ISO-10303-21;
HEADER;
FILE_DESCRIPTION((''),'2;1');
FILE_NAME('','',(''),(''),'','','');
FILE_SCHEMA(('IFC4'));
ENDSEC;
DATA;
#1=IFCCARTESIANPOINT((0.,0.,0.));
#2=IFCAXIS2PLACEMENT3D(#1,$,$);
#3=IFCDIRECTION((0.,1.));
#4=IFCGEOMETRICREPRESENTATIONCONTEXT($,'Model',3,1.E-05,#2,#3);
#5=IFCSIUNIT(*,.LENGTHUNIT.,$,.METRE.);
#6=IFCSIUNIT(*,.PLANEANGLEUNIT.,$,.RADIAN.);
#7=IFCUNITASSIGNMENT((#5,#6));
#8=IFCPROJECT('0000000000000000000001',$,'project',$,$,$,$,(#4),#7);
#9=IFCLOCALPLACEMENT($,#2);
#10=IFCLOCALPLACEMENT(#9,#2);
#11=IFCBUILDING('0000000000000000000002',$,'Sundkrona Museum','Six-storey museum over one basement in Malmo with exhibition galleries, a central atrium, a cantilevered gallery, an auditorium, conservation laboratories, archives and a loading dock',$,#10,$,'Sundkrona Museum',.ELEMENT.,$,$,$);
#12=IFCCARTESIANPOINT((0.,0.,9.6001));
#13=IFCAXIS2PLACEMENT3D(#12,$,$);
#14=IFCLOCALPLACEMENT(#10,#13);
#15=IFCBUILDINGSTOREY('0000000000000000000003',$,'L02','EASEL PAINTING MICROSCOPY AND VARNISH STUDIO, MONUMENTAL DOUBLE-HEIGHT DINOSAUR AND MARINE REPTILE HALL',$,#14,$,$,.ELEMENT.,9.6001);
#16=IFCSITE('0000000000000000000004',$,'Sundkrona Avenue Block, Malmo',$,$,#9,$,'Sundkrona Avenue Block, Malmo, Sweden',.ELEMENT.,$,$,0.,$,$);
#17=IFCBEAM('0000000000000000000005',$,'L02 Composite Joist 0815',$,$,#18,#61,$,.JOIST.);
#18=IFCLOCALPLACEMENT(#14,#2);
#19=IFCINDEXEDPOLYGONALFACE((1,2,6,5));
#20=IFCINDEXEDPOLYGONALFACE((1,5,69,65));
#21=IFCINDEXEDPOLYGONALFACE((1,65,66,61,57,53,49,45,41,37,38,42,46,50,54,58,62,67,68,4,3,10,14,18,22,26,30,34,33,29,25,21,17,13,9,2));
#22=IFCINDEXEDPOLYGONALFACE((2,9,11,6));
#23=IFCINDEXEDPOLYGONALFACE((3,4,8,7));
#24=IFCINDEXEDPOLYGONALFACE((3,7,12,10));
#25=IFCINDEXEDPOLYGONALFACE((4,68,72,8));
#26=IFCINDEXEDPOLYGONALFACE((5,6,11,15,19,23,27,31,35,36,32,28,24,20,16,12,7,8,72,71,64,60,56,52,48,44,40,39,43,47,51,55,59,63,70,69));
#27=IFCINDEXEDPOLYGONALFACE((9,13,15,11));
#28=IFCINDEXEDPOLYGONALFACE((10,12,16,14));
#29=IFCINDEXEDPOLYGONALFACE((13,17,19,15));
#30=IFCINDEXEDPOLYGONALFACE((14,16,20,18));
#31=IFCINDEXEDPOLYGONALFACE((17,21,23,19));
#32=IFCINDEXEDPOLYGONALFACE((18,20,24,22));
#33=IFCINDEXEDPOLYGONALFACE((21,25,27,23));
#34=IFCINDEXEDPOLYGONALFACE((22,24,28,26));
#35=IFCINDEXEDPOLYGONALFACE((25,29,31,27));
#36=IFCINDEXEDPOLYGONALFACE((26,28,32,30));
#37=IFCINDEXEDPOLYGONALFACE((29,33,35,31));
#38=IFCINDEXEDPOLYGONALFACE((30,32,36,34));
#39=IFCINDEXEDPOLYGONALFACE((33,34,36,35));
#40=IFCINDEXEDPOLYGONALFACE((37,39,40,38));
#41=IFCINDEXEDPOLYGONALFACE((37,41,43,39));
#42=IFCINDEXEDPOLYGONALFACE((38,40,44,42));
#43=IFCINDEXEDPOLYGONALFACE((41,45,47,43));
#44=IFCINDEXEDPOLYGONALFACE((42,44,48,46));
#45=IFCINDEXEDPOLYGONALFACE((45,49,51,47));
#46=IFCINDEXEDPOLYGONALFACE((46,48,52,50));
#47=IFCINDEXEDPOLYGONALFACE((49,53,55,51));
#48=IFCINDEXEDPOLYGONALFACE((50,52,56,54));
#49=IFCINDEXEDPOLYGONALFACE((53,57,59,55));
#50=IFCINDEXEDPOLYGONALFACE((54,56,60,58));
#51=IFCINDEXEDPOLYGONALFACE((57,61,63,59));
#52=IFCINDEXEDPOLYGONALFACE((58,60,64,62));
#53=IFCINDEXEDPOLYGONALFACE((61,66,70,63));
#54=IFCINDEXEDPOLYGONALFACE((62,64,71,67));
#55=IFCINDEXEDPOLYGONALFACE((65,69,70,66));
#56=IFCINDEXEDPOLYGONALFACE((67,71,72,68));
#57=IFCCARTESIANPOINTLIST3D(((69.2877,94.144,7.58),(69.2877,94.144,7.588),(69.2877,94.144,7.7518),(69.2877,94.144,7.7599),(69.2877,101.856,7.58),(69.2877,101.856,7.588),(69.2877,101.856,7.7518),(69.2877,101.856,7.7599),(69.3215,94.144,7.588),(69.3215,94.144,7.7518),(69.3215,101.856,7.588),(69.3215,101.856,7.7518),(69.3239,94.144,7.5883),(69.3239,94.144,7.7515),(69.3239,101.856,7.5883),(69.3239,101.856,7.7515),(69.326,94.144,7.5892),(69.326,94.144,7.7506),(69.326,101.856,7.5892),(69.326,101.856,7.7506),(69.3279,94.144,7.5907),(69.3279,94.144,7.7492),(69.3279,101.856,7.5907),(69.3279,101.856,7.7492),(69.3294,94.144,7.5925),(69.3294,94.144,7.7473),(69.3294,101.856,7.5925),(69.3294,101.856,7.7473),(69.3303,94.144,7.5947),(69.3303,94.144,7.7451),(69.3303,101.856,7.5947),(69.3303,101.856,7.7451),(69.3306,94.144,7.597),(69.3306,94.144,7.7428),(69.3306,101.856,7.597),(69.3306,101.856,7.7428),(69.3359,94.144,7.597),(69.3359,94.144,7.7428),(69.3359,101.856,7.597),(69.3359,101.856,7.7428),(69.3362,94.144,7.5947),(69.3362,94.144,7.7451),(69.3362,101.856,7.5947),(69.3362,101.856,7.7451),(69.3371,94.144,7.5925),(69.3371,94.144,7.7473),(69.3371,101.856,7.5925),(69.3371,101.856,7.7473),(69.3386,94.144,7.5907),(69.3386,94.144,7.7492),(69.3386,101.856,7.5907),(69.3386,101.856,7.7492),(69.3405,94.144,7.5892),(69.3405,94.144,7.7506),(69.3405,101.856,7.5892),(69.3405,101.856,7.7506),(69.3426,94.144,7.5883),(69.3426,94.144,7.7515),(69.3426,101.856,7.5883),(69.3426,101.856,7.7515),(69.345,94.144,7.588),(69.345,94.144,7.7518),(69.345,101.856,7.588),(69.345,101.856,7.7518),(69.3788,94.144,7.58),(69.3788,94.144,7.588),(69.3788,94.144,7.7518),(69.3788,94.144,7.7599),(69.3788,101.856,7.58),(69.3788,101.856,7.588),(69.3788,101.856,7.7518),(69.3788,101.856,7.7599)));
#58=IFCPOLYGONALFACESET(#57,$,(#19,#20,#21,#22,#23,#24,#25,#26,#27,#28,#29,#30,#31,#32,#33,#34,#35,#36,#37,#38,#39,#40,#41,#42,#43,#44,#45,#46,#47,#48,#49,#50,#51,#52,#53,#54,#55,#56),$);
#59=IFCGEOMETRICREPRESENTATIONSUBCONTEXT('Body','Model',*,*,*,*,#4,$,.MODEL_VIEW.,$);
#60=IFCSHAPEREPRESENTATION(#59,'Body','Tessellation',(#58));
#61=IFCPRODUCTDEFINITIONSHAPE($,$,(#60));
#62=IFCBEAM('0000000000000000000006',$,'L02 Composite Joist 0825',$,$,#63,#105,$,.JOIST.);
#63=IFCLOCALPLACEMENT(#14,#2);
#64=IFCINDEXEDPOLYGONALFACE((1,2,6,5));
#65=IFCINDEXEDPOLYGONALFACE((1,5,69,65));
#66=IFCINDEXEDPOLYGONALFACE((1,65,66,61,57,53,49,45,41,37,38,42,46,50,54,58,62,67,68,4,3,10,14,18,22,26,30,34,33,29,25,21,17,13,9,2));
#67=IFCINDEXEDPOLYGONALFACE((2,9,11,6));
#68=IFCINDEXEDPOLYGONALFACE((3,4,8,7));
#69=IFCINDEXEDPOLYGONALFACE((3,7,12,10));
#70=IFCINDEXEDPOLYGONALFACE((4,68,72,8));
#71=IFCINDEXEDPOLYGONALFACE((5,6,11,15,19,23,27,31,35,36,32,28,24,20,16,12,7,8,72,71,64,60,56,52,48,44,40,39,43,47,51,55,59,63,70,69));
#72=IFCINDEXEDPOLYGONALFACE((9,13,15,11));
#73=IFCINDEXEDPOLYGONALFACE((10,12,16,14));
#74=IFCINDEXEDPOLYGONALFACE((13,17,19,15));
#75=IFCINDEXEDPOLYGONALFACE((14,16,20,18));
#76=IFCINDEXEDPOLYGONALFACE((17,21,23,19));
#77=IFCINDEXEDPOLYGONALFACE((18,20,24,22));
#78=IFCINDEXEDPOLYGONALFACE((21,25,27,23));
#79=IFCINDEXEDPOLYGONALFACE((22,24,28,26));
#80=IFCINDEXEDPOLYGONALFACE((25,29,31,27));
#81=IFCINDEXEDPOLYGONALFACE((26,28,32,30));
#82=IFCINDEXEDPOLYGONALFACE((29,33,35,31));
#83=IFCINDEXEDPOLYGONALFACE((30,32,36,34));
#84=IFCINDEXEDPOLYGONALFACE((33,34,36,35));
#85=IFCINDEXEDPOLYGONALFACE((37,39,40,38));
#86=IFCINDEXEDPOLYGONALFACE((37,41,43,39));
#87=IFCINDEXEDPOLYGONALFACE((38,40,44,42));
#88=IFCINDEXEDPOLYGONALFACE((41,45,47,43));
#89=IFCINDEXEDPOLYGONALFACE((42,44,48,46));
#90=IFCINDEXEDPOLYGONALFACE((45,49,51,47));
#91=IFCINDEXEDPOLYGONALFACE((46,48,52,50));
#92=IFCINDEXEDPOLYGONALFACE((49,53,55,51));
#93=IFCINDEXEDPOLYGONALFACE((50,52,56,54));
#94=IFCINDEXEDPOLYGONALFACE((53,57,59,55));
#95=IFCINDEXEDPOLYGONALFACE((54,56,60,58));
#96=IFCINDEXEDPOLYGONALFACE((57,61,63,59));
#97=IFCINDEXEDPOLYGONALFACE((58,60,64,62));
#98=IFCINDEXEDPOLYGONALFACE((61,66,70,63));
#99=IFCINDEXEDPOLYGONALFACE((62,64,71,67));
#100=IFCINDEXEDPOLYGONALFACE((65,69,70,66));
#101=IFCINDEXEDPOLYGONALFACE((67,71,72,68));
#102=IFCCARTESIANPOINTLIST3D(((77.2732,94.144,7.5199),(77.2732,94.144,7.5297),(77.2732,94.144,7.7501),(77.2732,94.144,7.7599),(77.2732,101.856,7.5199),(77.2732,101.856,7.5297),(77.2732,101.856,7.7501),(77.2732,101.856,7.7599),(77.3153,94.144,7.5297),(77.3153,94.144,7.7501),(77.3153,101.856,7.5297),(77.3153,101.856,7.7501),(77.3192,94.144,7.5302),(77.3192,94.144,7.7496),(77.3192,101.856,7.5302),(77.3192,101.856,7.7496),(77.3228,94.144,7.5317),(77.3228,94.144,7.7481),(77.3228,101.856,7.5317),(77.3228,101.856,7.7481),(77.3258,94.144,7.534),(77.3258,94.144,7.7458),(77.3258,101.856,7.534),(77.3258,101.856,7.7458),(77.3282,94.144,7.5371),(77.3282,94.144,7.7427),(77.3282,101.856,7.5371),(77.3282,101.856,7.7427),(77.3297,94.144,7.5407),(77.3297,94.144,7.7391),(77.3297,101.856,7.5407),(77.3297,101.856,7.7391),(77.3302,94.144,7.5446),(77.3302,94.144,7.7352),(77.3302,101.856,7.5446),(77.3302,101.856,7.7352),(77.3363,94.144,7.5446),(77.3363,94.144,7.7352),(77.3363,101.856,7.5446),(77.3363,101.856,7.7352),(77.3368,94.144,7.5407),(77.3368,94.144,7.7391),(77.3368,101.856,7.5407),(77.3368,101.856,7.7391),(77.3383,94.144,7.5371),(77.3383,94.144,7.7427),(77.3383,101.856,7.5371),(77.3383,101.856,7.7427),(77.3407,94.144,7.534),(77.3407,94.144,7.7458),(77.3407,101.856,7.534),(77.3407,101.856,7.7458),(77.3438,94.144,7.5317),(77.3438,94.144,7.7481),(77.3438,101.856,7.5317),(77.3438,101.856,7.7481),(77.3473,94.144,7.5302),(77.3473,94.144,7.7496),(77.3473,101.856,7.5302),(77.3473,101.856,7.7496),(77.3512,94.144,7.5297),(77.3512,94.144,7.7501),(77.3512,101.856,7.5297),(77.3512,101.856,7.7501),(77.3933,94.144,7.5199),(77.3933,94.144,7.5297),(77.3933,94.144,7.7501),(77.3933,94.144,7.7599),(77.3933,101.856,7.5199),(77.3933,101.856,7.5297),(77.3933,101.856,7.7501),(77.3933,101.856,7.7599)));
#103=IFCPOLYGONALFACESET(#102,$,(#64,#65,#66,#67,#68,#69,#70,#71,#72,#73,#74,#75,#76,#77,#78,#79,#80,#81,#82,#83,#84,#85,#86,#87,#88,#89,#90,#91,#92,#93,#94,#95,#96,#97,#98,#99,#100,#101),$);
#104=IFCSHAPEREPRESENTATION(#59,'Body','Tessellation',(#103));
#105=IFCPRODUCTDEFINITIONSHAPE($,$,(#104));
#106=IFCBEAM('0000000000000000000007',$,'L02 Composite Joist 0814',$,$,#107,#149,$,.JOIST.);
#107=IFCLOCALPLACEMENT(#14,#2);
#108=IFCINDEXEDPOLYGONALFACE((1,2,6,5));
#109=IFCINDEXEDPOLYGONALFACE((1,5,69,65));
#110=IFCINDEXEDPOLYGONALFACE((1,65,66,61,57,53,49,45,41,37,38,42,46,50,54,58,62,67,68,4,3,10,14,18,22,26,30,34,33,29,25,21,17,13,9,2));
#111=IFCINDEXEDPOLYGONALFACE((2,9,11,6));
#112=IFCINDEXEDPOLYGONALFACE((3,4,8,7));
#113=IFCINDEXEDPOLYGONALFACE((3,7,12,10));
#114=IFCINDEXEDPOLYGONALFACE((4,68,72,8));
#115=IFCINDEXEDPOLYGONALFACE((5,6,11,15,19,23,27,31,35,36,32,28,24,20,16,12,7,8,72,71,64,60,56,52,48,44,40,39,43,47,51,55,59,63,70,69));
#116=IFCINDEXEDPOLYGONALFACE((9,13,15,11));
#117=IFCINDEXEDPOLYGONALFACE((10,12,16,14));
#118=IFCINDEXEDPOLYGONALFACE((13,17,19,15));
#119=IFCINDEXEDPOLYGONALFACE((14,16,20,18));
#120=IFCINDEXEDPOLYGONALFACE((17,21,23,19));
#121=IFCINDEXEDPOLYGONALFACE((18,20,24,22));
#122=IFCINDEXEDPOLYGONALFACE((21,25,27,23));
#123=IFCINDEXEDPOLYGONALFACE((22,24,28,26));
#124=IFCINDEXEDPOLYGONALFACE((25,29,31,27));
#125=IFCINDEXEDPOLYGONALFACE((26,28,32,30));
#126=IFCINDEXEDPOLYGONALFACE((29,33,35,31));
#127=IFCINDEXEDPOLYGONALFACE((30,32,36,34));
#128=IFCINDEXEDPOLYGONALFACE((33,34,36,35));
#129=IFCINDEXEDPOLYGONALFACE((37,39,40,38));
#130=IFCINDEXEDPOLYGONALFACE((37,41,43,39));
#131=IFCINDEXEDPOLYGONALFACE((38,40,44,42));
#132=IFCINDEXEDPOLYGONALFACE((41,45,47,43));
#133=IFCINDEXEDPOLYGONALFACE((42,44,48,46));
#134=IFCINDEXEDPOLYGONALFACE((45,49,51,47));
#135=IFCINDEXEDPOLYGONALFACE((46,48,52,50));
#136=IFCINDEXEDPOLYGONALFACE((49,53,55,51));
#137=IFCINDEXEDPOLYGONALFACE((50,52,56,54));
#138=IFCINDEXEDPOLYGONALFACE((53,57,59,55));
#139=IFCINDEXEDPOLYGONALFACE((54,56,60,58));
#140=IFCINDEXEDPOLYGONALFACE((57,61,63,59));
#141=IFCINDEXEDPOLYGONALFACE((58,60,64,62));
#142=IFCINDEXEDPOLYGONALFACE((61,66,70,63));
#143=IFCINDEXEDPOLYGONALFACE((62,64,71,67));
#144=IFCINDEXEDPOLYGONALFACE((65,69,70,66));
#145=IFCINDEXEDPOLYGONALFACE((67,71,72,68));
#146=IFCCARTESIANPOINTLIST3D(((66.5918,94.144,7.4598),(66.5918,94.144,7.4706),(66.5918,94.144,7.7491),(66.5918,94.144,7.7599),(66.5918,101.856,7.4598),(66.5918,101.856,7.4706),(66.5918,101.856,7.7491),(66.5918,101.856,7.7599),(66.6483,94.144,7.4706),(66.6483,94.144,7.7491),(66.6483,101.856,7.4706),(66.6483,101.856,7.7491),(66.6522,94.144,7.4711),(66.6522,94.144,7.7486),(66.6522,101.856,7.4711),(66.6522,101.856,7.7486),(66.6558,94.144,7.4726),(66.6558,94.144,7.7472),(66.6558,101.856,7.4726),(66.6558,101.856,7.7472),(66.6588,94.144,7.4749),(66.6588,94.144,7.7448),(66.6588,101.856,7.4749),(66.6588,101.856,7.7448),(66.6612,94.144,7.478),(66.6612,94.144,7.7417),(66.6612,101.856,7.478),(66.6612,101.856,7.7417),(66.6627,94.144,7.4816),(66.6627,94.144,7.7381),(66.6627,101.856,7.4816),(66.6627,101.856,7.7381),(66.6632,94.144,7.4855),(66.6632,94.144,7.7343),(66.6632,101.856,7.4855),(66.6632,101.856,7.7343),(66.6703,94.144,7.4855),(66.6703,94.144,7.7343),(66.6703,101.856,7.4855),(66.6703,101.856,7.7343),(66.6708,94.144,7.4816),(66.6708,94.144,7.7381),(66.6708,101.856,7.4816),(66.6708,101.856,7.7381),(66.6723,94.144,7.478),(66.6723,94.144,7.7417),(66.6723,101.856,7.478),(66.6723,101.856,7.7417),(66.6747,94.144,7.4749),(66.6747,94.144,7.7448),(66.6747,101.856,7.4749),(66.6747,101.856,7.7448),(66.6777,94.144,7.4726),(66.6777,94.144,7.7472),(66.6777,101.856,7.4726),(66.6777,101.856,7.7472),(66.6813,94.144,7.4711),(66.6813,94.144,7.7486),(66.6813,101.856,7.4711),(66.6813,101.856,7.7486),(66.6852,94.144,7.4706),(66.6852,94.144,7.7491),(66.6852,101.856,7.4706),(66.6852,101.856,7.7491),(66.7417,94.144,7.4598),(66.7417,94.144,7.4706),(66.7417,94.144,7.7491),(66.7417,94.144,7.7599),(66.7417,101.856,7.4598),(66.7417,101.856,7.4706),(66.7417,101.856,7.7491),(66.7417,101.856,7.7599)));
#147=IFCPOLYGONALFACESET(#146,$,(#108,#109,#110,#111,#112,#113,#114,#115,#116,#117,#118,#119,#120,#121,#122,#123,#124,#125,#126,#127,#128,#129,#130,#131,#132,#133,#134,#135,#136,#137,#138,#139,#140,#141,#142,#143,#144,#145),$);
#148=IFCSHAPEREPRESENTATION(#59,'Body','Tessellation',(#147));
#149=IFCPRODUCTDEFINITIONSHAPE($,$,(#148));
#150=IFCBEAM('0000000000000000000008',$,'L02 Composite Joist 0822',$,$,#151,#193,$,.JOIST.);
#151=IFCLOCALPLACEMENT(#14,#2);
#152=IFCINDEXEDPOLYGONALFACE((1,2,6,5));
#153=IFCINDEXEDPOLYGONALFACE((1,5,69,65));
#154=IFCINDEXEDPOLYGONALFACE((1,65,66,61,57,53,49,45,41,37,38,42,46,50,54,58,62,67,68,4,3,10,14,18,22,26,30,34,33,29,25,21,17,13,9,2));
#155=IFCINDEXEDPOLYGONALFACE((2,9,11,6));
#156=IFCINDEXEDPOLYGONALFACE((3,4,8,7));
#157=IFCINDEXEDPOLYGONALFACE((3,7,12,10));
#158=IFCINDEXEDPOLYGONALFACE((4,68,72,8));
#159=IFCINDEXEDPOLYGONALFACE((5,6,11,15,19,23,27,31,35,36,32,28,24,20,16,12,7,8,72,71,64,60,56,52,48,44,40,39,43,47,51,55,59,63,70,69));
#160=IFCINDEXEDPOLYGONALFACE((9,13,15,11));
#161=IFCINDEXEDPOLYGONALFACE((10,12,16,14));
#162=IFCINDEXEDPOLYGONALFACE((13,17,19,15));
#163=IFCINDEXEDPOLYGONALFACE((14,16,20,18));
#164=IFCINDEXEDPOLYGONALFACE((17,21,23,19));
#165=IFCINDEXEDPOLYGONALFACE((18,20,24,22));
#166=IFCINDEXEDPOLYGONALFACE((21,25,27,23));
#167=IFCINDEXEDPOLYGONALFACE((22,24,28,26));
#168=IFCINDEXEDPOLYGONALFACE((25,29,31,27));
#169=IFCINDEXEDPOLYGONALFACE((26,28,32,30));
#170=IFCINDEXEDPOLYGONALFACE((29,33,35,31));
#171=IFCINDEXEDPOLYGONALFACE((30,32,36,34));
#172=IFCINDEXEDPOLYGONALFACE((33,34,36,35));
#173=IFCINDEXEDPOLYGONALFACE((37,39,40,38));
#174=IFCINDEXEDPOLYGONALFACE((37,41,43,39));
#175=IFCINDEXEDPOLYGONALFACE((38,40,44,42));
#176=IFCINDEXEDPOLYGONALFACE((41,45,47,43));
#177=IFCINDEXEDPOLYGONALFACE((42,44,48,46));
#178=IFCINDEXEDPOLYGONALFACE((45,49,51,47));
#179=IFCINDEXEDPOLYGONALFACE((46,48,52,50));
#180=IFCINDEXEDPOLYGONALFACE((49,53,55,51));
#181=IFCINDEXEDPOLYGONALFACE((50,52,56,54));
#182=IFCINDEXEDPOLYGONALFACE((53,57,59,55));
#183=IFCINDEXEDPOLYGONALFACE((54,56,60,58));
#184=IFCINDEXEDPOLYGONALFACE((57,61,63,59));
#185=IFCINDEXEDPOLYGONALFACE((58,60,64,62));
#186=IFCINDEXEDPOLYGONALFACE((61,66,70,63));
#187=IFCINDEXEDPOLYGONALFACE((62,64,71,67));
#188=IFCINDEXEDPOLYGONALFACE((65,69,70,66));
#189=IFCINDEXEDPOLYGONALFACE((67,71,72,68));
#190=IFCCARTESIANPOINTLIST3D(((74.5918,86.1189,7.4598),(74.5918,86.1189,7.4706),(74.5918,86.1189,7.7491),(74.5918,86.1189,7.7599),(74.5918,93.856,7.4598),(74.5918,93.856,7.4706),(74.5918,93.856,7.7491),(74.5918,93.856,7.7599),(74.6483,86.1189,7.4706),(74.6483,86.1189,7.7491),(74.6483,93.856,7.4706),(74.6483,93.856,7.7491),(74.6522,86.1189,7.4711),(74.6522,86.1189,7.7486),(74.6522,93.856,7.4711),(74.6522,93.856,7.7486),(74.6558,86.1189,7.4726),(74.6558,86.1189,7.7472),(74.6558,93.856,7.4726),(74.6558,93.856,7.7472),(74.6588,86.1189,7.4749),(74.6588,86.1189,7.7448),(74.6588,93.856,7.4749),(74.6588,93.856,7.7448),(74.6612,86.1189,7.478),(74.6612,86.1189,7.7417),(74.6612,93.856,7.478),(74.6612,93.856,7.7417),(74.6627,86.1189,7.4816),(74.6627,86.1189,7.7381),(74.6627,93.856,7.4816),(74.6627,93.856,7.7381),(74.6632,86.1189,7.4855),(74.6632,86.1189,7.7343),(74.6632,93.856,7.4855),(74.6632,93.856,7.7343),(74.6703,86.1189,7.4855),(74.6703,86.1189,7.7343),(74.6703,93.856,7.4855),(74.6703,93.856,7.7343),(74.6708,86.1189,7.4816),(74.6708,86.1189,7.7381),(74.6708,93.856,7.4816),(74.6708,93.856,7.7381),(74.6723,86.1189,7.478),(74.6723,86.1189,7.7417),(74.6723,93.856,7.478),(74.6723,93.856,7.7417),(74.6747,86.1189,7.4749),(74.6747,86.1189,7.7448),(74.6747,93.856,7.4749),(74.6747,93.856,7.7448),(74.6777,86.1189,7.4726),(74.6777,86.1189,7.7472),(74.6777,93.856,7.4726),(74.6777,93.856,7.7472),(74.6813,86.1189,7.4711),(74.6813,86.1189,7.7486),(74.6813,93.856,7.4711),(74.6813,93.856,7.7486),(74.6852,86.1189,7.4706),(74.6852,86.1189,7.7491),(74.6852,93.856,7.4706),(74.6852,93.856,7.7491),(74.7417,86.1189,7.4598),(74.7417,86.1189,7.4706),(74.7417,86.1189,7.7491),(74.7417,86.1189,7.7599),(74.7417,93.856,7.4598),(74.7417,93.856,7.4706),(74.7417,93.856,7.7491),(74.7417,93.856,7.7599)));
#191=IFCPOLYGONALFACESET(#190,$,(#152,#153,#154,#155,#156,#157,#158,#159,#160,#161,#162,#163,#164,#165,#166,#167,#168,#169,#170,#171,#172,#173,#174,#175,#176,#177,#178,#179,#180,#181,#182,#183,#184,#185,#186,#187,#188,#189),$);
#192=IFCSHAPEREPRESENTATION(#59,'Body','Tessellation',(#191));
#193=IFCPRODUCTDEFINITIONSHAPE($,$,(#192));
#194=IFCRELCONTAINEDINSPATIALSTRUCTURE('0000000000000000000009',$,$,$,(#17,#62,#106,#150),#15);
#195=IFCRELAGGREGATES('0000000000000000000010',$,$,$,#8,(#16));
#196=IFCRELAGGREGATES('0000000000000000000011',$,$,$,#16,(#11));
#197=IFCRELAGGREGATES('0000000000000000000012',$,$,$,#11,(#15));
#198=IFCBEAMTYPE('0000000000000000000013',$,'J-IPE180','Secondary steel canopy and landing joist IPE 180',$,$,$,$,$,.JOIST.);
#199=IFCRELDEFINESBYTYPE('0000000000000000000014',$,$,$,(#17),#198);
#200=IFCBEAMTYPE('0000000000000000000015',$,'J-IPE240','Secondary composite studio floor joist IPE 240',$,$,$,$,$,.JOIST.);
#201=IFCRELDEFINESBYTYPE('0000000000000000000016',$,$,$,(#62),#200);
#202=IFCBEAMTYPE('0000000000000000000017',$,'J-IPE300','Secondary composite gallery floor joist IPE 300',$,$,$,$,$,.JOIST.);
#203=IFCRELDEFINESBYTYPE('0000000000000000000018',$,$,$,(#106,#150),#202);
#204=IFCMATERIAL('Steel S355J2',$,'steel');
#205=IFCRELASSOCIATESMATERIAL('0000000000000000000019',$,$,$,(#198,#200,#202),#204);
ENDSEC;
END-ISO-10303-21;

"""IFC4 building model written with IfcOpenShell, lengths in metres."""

from ifc_helpers import new_model, si_unit, direction, frame, origin, origin_2d, place, context, subcontext, project, spatial, i_section, extrude, material, material_profile, profile_set, type_object, element, save


model = new_model("IFC4")

# Units and contexts
model_context = context("Model", 3, precision=1e-05, world=origin(), true_north=direction((0.0, 1.0)))
body_context = subcontext(model_context, "Body", "Model", "MODEL_VIEW")
ifc_project = project(units=[si_unit("LENGTHUNIT", "METRE"), si_unit("PLANEANGLEUNIT", "RADIAN")], contexts=[model_context])

# Site, building, storey
site_placement = place(None, origin())
site = spatial("IfcSite", under=ifc_project, at=site_placement, Name="Sundkrona Avenue Block, Malmo", LongName="Sundkrona Avenue Block, Malmo, Sweden", CompositionType="ELEMENT", RefElevation=0.0)
building_placement = place(site_placement, origin())
building = spatial("IfcBuilding", under=site, at=building_placement, Name="Sundkrona Museum", Description="Six-storey museum over one basement in Malmo with exhibition galleries, a central atrium, a cantilevered gallery, an auditorium, conservation laboratories, archives and a loading dock", LongName="Sundkrona Museum", CompositionType="ELEMENT")
storey_placement = place(building_placement, frame((0.0, 0.0, 9.6001)))
storey = spatial("IfcBuildingStorey", under=building, at=storey_placement, Name="L02", Description="EASEL PAINTING MICROSCOPY AND VARNISH STUDIO, MONUMENTAL DOUBLE-HEIGHT DINOSAUR AND MARINE REPTILE HALL", CompositionType="ELEMENT", Elevation=9.6001)

# Shared definitions
ifc_material_1 = material(Name="Steel S355J2", Category="steel")

# Beams
ifc_material_profile_1 = material_profile(ifc_material_1, i_section(OverallWidth=0.0911, OverallDepth=0.1799, WebThickness=0.0054, FlangeThickness=0.0081, FilletRadius=0.009, at=origin_2d()), Name="IPE 180")
ifc_profile_set_1 = profile_set([ifc_material_profile_1], Name="Steel S355J2")
beam_type_1 = type_object("IfcBeamType", Name="J-IPE180", Description="Secondary steel canopy and landing joist IPE 180", PredefinedType="JOIST", material=ifc_profile_set_1)
beam_1_placement = place(storey_placement, frame((69.3333, 94.144, 7.6699), z_axis=(0.0, 1.0, 0.0), x_axis=(-1.0, 0.0, 0.0)))
element("IfcBeam", 1, at=beam_1_placement, inside=storey, type_object=beam_type_1, Name="L02 Composite Joist 0815", PredefinedType="JOIST", context=body_context, shape_type="SweptSolid", body=[
    extrude(i_section(OverallWidth=0.0911, OverallDepth=0.1799, WebThickness=0.0054, FlangeThickness=0.0081, FilletRadius=0.009, at=origin_2d()), origin(), (0.0, 0.0, 1.0), 7.7119),
])
ifc_material_profile_2 = material_profile(ifc_material_1, i_section(OverallWidth=0.1201, OverallDepth=0.24, WebThickness=0.0061, FlangeThickness=0.0098, FilletRadius=0.0149, at=origin_2d()), Name="IPE 240")
ifc_profile_set_2 = profile_set([ifc_material_profile_2], Name="Steel S355J2")
beam_type_2 = type_object("IfcBeamType", Name="J-IPE240", Description="Secondary composite studio floor joist IPE 240", PredefinedType="JOIST", material=ifc_profile_set_2)
beam_2_placement = place(storey_placement, frame((77.3333, 94.144, 7.6399), z_axis=(0.0, 1.0, 0.0), x_axis=(-1.0, 0.0, 0.0)))
element("IfcBeam", 2, at=beam_2_placement, inside=storey, type_object=beam_type_2, Name="L02 Composite Joist 0825", PredefinedType="JOIST", context=body_context, shape_type="SweptSolid", body=[
    extrude(i_section(OverallWidth=0.1201, OverallDepth=0.24, WebThickness=0.0061, FlangeThickness=0.0098, FilletRadius=0.0149, at=origin_2d()), origin(), (0.0, 0.0, 1.0), 7.7119),
])
ifc_material_profile_3 = material_profile(ifc_material_1, i_section(OverallWidth=0.1499, OverallDepth=0.3, WebThickness=0.0071, FlangeThickness=0.0107, FilletRadius=0.0149, at=origin_2d()), Name="IPE 300")
ifc_profile_set_3 = profile_set([ifc_material_profile_3], Name="Steel S355J2")
beam_type_3 = type_object("IfcBeamType", Name="J-IPE300", Description="Secondary composite gallery floor joist IPE 300", PredefinedType="JOIST", material=ifc_profile_set_3)
beam_3_placement = place(storey_placement, frame((66.6667, 94.144, 7.6099), z_axis=(0.0, 1.0, 0.0), x_axis=(-1.0, 0.0, 0.0)))
element("IfcBeam", 3, at=beam_3_placement, inside=storey, type_object=beam_type_3, Name="L02 Composite Joist 0814", PredefinedType="JOIST", context=body_context, shape_type="SweptSolid", body=[
    extrude(i_section(OverallWidth=0.1499, OverallDepth=0.3, WebThickness=0.0071, FlangeThickness=0.0107, FilletRadius=0.0149, at=origin_2d()), origin(), (0.0, 0.0, 1.0), 7.7119),
])
for number, where, z_axis, x_axis, name in (
    (4, (74.6667, 86.1189, 7.6099), (0.0, 1.0, 0.0), (-1.0, 0.0, 0.0), "L02 Composite Joist 0822"),
):
    element("IfcBeam", number, at=place(storey_placement, frame(where, z_axis=z_axis, x_axis=x_axis)), inside=storey, type_object=beam_type_3, Name=name, PredefinedType="JOIST", context=body_context, shape_type="SweptSolid", body=[
        extrude(i_section(OverallWidth=0.1499, OverallDepth=0.3, WebThickness=0.0071, FlangeThickness=0.0107, FilletRadius=0.0149, at=origin_2d()), origin(), (0.0, 0.0, 1.0), 7.7371),
    ])

save(model, "model.ifc")
